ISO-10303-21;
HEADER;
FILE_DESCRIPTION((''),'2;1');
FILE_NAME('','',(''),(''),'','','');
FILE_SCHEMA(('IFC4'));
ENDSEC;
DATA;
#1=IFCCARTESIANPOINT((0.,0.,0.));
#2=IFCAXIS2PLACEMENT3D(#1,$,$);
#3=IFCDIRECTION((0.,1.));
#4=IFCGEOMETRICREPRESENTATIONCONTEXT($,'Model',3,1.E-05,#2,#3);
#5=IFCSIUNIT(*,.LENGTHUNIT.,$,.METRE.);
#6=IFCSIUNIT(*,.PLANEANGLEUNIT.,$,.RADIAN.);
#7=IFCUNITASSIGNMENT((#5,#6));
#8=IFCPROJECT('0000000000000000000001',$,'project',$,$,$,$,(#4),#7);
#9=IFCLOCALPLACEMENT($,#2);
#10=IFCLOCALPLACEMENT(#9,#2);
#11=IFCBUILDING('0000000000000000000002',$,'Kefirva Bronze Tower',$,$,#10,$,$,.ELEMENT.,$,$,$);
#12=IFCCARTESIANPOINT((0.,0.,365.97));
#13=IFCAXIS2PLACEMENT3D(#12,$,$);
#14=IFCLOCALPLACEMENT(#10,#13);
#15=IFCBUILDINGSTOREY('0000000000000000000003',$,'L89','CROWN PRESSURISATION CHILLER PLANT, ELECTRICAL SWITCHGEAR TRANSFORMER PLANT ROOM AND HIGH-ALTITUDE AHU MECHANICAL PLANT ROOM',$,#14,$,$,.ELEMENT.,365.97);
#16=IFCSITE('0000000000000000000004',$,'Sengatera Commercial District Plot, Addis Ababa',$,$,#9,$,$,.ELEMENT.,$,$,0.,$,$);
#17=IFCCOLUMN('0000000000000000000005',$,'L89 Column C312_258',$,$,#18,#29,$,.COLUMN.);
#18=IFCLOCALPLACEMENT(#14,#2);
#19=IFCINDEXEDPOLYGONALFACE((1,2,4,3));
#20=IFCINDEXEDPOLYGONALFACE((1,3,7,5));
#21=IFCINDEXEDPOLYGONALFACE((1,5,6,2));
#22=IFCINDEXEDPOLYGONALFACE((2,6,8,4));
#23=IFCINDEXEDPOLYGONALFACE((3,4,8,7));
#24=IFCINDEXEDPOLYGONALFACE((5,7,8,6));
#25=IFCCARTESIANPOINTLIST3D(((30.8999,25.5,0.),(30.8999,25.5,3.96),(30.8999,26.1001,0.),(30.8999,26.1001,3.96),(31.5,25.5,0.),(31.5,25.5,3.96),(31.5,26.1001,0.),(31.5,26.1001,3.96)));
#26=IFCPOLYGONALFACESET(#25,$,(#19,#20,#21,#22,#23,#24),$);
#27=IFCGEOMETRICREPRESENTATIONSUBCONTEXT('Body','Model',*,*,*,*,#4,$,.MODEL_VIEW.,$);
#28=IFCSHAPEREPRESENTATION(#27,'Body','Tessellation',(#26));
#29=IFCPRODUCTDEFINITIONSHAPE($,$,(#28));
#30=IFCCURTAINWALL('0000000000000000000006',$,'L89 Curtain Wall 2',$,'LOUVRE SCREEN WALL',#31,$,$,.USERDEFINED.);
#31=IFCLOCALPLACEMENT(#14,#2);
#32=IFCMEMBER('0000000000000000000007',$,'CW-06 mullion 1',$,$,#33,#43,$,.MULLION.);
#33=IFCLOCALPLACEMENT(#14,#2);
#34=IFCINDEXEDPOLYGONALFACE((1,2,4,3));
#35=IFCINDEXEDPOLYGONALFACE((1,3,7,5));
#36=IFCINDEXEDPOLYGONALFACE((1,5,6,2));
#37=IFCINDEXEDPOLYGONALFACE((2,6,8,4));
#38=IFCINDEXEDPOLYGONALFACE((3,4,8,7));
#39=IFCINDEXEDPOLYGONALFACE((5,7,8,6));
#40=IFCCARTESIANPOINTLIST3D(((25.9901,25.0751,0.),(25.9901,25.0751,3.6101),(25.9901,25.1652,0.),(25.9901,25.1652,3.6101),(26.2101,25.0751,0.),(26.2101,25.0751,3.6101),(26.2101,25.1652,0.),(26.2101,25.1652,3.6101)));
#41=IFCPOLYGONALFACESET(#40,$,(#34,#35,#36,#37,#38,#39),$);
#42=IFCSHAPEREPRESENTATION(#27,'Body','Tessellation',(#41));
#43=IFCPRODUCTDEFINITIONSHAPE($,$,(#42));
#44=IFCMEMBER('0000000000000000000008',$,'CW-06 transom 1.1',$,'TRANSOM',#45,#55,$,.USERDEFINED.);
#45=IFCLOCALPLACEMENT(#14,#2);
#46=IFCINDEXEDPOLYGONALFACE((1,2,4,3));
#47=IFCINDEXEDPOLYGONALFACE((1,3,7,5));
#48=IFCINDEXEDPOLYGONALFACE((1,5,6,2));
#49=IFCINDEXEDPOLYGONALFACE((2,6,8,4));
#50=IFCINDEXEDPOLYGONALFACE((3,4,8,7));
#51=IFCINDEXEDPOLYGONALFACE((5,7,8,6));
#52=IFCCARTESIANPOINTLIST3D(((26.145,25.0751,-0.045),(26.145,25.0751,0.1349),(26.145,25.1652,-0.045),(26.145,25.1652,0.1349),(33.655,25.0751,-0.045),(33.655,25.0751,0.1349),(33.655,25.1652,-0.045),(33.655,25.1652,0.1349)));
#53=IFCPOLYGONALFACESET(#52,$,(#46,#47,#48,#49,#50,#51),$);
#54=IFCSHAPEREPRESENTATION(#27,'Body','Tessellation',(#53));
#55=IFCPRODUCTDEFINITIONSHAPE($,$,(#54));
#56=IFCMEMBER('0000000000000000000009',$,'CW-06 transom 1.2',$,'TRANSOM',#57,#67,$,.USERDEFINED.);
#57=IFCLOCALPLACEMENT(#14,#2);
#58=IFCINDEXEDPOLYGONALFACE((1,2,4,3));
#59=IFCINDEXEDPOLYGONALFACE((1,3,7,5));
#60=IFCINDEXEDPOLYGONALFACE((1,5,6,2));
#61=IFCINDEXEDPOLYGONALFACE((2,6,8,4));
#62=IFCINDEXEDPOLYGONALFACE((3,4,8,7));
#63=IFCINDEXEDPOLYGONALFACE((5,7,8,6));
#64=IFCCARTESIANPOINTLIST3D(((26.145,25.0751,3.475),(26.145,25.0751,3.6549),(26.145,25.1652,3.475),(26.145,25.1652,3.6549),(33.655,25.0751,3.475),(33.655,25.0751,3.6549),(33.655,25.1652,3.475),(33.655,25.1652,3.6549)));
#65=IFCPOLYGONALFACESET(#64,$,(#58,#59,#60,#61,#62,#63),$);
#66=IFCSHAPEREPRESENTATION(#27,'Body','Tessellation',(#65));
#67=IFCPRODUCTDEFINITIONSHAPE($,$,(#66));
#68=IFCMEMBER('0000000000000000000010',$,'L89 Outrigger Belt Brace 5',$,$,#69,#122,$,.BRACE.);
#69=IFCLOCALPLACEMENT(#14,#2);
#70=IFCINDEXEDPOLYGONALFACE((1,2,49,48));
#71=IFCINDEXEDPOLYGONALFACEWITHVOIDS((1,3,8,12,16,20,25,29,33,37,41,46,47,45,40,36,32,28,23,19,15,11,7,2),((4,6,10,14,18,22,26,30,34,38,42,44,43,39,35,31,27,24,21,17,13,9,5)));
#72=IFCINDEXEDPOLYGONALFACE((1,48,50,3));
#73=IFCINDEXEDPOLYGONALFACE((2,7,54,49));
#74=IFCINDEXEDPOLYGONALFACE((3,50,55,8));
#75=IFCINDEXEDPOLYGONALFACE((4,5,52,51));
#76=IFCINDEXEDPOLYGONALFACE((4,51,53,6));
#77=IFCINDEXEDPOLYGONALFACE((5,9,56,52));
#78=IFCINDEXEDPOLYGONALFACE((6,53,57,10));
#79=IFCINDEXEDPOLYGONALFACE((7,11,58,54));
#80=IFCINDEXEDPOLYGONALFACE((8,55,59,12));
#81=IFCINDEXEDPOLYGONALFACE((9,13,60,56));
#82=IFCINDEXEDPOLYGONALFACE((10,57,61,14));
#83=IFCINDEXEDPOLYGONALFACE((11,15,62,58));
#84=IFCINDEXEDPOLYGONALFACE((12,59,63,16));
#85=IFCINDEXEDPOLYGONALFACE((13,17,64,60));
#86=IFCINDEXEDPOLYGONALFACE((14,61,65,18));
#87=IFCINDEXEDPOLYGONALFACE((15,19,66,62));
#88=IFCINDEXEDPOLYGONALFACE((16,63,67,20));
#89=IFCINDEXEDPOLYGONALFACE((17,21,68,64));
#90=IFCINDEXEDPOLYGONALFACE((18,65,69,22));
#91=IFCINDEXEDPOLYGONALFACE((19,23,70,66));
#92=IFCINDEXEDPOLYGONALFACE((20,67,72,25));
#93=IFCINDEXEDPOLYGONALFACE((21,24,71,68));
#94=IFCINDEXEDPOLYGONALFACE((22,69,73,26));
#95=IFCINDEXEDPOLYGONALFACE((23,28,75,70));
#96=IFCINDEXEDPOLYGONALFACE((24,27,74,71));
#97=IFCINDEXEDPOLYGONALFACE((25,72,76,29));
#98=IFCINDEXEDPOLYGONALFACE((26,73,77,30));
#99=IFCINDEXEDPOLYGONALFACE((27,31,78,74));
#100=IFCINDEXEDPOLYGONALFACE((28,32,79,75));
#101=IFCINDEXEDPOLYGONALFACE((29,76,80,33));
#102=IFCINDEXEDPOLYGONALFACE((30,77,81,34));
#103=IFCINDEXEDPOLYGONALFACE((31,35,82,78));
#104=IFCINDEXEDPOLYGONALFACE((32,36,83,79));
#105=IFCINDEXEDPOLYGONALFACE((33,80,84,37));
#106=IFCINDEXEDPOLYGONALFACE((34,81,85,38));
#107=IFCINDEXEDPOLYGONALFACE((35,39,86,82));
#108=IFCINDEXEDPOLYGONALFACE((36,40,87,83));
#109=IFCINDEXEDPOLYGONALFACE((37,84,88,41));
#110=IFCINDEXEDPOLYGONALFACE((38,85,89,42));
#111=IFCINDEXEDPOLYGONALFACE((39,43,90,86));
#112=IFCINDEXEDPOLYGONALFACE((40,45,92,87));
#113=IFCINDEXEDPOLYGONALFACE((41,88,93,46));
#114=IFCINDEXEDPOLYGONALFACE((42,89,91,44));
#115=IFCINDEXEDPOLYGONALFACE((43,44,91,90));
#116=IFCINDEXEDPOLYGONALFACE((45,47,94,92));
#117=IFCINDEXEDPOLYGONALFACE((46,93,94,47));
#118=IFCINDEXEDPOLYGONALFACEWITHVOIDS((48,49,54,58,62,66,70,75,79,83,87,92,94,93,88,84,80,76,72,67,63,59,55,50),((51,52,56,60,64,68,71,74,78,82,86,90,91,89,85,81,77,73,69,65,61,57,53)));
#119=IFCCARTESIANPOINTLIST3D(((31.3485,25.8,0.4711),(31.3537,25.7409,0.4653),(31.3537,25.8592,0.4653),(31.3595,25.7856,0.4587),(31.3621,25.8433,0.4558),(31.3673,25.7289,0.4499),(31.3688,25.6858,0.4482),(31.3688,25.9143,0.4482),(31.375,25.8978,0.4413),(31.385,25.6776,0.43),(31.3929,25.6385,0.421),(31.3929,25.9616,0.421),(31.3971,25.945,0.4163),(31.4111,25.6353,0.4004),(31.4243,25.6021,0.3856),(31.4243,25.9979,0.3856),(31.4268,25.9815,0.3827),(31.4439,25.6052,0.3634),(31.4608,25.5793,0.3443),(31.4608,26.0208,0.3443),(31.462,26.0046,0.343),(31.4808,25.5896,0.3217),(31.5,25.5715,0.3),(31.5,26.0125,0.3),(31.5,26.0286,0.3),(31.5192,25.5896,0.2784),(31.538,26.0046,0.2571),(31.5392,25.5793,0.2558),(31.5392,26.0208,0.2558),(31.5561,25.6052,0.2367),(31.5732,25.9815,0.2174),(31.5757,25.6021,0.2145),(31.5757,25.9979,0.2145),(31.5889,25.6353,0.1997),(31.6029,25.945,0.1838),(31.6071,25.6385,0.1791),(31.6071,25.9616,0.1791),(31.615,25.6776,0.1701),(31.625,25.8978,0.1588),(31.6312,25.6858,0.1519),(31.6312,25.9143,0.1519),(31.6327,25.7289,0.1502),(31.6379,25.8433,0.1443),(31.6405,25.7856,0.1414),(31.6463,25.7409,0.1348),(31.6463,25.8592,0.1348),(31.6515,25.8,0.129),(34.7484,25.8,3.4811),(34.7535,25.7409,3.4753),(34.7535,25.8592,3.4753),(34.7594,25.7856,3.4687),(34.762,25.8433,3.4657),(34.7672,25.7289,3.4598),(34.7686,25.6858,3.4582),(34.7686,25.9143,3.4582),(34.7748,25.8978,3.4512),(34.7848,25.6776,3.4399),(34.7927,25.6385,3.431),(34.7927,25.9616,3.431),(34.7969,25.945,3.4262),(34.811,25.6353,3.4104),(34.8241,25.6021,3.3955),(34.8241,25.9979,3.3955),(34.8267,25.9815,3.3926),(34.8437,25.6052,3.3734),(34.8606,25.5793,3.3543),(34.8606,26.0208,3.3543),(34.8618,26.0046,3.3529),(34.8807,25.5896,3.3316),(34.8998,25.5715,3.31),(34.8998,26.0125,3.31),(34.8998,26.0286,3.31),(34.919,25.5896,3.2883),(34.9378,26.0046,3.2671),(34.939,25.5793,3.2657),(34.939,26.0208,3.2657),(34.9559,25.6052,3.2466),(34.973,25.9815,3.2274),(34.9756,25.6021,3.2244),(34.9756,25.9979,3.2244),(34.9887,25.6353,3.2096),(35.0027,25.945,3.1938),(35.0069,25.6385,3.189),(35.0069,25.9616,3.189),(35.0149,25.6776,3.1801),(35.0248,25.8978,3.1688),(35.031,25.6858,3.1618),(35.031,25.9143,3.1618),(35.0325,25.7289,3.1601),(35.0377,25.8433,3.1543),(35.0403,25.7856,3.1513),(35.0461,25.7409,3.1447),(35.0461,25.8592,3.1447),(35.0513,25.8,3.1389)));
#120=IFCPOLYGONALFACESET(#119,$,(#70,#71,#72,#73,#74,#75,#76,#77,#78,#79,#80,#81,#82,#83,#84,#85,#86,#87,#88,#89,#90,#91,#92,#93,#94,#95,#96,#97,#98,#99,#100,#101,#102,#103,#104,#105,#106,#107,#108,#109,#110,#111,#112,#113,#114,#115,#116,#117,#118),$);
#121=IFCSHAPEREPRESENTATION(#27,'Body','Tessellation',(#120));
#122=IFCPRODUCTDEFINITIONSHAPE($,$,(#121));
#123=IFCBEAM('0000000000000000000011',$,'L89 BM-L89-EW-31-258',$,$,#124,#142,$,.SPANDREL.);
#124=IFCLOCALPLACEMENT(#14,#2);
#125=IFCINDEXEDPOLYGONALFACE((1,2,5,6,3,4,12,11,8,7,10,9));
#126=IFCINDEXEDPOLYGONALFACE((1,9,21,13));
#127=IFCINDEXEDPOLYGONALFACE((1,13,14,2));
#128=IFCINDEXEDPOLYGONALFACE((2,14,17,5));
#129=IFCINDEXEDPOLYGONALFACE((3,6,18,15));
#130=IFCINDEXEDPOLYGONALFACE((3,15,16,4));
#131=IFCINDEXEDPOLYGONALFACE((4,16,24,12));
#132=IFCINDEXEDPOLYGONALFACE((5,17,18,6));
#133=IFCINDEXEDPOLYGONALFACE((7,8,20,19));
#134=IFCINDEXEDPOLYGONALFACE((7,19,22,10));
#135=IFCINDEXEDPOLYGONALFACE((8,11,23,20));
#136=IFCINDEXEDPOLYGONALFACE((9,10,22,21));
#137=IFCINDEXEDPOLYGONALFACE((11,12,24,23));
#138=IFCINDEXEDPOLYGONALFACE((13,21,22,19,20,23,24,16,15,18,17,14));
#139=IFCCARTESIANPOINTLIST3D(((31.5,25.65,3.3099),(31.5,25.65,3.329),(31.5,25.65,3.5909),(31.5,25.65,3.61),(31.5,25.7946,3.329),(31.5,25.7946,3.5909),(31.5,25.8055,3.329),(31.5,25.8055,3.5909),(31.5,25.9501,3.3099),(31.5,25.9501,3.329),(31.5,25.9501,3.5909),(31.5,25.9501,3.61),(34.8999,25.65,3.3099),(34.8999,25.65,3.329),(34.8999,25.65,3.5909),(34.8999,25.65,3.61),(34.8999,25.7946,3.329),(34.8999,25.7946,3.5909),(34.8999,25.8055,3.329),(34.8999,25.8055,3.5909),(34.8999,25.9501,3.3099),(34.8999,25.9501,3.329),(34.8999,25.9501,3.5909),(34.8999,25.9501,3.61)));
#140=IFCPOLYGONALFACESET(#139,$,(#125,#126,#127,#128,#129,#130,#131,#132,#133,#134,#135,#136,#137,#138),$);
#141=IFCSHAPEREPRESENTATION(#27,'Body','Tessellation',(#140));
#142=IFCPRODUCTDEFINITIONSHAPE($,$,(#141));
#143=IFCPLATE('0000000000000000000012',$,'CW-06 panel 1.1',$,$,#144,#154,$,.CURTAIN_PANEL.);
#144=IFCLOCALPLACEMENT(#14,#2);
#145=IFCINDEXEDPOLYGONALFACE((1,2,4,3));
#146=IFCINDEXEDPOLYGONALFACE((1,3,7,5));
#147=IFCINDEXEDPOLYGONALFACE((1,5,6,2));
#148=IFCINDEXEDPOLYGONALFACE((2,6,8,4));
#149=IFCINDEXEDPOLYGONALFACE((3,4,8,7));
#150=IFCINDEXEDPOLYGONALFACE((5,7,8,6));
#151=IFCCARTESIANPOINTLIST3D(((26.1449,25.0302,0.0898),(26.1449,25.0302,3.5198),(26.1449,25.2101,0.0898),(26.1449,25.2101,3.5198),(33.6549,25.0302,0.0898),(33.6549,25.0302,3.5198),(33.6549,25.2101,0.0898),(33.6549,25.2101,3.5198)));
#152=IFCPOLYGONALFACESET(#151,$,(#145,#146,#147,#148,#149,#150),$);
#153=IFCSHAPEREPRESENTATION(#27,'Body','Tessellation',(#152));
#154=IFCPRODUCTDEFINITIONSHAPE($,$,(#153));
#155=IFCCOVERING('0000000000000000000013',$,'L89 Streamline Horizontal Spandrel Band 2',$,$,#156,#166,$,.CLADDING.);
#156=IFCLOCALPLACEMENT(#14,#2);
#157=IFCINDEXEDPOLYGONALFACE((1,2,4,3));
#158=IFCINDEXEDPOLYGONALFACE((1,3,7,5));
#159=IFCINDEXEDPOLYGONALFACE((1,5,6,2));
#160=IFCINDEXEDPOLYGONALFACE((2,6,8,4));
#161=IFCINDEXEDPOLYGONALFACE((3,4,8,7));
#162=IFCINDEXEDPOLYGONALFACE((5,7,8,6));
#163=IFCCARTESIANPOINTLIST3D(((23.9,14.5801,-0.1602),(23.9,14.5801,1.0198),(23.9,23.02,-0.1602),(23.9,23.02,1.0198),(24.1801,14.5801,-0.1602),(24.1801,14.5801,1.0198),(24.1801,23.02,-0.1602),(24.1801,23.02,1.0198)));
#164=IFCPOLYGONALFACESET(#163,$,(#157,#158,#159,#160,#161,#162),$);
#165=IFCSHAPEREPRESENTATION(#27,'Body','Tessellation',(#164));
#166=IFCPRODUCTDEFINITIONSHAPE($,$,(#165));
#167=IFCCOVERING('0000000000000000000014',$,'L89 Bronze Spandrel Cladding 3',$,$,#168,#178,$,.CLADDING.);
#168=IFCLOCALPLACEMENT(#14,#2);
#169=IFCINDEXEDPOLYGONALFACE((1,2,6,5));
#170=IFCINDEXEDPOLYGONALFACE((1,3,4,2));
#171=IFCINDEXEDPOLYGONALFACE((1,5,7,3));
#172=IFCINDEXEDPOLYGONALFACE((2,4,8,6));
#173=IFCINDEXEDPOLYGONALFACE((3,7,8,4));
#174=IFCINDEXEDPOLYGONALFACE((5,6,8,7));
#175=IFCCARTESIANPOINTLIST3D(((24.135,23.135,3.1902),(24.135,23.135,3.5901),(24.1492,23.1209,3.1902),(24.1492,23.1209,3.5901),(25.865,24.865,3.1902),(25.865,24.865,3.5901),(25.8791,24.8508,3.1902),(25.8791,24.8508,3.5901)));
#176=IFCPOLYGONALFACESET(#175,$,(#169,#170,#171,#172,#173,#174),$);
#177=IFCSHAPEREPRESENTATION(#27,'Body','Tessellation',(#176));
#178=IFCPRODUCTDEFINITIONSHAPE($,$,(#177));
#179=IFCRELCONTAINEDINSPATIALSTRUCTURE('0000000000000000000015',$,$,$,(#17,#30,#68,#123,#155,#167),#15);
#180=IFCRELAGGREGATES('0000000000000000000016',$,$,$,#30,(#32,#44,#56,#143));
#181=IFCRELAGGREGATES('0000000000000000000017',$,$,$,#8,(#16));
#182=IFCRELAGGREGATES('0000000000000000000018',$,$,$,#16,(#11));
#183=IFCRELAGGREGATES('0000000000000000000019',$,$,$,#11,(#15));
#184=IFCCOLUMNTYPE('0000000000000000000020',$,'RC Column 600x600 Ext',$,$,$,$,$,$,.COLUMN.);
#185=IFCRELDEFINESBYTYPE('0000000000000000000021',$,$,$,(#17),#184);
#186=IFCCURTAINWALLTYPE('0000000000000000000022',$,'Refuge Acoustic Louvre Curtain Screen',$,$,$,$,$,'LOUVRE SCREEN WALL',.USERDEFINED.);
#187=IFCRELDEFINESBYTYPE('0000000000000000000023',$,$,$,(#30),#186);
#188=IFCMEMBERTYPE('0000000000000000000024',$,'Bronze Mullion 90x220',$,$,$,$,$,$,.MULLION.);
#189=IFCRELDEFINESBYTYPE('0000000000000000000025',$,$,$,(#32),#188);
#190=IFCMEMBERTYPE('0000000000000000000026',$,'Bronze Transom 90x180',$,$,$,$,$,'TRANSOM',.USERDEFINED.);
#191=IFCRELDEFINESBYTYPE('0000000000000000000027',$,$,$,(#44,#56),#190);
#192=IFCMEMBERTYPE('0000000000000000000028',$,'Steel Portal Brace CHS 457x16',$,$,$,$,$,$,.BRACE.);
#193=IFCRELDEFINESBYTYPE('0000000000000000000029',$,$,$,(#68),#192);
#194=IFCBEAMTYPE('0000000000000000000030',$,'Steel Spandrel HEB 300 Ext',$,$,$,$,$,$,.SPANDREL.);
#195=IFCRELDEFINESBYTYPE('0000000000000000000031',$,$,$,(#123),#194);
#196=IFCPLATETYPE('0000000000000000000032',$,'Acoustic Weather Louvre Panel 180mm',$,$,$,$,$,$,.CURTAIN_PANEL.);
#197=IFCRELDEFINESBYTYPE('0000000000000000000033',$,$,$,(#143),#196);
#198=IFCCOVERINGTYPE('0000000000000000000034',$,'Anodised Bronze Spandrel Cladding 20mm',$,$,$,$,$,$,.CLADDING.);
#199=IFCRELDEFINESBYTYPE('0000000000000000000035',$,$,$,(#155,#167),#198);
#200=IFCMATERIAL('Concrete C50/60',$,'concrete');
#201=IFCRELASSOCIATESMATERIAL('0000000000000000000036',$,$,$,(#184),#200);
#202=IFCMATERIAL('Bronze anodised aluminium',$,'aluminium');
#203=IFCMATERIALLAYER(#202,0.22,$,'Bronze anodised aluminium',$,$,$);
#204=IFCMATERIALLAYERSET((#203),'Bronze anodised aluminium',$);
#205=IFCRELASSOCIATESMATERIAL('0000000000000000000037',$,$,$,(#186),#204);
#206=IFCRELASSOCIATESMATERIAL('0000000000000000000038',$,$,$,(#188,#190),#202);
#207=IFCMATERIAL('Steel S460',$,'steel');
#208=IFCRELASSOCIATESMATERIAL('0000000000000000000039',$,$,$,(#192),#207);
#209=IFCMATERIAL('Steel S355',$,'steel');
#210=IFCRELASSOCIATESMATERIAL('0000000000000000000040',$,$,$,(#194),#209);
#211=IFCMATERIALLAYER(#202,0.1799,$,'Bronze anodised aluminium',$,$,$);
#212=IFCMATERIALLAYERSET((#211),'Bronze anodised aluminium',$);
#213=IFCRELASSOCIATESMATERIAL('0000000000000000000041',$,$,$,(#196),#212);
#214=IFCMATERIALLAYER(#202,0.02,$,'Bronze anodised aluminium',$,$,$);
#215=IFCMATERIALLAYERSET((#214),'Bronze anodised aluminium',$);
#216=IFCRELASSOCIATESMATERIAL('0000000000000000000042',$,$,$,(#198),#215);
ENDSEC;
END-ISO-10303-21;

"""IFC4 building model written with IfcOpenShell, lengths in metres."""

from ifc_helpers import new_model, si_unit, direction, frame, origin, origin_2d, place, context, subcontext, project, spatial, rectangle, hollow_circle, i_section, extrude, material, layer, layer_set, material_profile, profile_set, type_object, element, aggregate, save


model = new_model("IFC4")

# Units and contexts
model_context = context("Model", 3, precision=1e-05, world=origin(), true_north=direction((0.0, 1.0)))
body_context = subcontext(model_context, "Body", "Model", "MODEL_VIEW")
ifc_project = project(units=[si_unit("LENGTHUNIT", "METRE"), si_unit("PLANEANGLEUNIT", "RADIAN")], contexts=[model_context])

# Site, building, storey
site_placement = place(None, origin())
site = spatial("IfcSite", under=ifc_project, at=site_placement, Name="Sengatera Commercial District Plot, Addis Ababa", CompositionType="ELEMENT", RefElevation=0.0)
building_placement = place(site_placement, origin())
building = spatial("IfcBuilding", under=site, at=building_placement, Name="Kefirva Bronze Tower", CompositionType="ELEMENT")
storey_placement = place(building_placement, frame((0.0, 0.0, 365.97)))
storey = spatial("IfcBuildingStorey", under=building, at=storey_placement, Name="L89", Description="CROWN PRESSURISATION CHILLER PLANT, ELECTRICAL SWITCHGEAR TRANSFORMER PLANT ROOM AND HIGH-ALTITUDE AHU MECHANICAL PLANT ROOM", CompositionType="ELEMENT", Elevation=365.97)

# Column
ifc_material_1 = material(Name="Concrete C50/60", Category="concrete")
ifc_material_profile_1 = material_profile(ifc_material_1, rectangle(XDim=0.6001, YDim=0.6001, at=origin_2d()), Name="RC 600x600")
ifc_profile_set_1 = profile_set([ifc_material_profile_1], Name="Concrete C50/60")
column_type = type_object("IfcColumnType", Name="RC Column 600x600 Ext", PredefinedType="COLUMN", material=ifc_profile_set_1)
column_placement = place(storey_placement, frame((31.2, 25.8, 0.0), z_axis=(0.0, 0.0, 1.0), x_axis=(1.0, 0.0, 0.0)))
element("IfcColumn", 1, at=column_placement, inside=storey, type_object=column_type, Name="L89 Column C312_258", PredefinedType="COLUMN", context=body_context, shape_type="SweptSolid", body=[
    extrude(rectangle(XDim=0.6001, YDim=0.6001, at=origin_2d()), origin(), (0.0, 0.0, 1.0), 3.96),
])

# Curtain wall, members
ifc_material_2 = material(Name="Bronze anodised aluminium", Category="aluminium")
ifc_layer_1 = layer(ifc_material_2, 0.22, Name="Bronze anodised aluminium")
ifc_layer_set_1 = layer_set([ifc_layer_1], Name="Bronze anodised aluminium")
curtain_wall_type = type_object("IfcCurtainWallType", Name="Refuge Acoustic Louvre Curtain Screen", ElementType="LOUVRE SCREEN WALL", PredefinedType="USERDEFINED", material=ifc_layer_set_1)
curtain_wall_placement = place(storey_placement, origin())
curtain_wall = element("IfcCurtainWall", 2, at=curtain_wall_placement, inside=storey, type_object=curtain_wall_type, Name="L89 Curtain Wall 2", ObjectType="LOUVRE SCREEN WALL", PredefinedType="USERDEFINED")
ifc_material_profile_2 = material_profile(ifc_material_2, rectangle(XDim=0.0901, YDim=0.22, at=origin_2d()), Name="ALU 90x220")
ifc_profile_set_2 = profile_set([ifc_material_profile_2], Name="Bronze anodised aluminium")
member_type_1 = type_object("IfcMemberType", Name="Bronze Mullion 90x220", PredefinedType="MULLION", material=ifc_profile_set_2)
member_1_placement = place(storey_placement, frame((26.1001, 25.1201, 0.0), z_axis=(0.0, 0.0, 1.0), x_axis=(0.0, 1.0, 0.0)))
member_1 = element("IfcMember", 3, at=member_1_placement, type_object=member_type_1, Name="CW-06 mullion 1", PredefinedType="MULLION", context=body_context, shape_type="SweptSolid", body=[
    extrude(rectangle(XDim=0.0901, YDim=0.22, at=origin_2d()), origin(), (0.0, 0.0, 1.0), 3.6101),
])
ifc_material_profile_3 = material_profile(ifc_material_2, rectangle(XDim=0.0901, YDim=0.1799, at=origin_2d()), Name="ALU 90x180")
ifc_profile_set_3 = profile_set([ifc_material_profile_3], Name="Bronze anodised aluminium")
member_type_2 = type_object("IfcMemberType", Name="Bronze Transom 90x180", ElementType="TRANSOM", PredefinedType="USERDEFINED", material=ifc_profile_set_3)
member_2_placement = place(storey_placement, frame((26.145, 25.1201, 0.0449), z_axis=(1.0, 0.0, 0.0), x_axis=(0.0, 1.0, 0.0)))
member_2 = element("IfcMember", 4, at=member_2_placement, type_object=member_type_2, Name="CW-06 transom 1.1", ObjectType="TRANSOM", PredefinedType="USERDEFINED", context=body_context, shape_type="SweptSolid", body=[
    extrude(rectangle(XDim=0.0901, YDim=0.1799, at=origin_2d()), origin(), (0.0, 0.0, 1.0), 7.51),
])
member_3_placement = place(storey_placement, frame((26.145, 25.1201, 3.5649), z_axis=(1.0, 0.0, 0.0), x_axis=(0.0, 1.0, 0.0)))
member_3 = element("IfcMember", 5, at=member_3_placement, type_object=member_type_2, Name="CW-06 transom 1.2", ObjectType="TRANSOM", PredefinedType="USERDEFINED", context=body_context, shape_type="SweptSolid", body=[
    extrude(rectangle(XDim=0.0901, YDim=0.1799, at=origin_2d()), origin(), (0.0, 0.0, 1.0), 7.51),
])

# Member
ifc_material_3 = material(Name="Steel S460", Category="steel")
ifc_material_profile_4 = material_profile(ifc_material_3, hollow_circle(Radius=0.2285, WallThickness=0.0161, at=origin_2d()), Name="CHS 457x16")
ifc_profile_set_4 = profile_set([ifc_material_profile_4], Name="Steel S460")
member_type_3 = type_object("IfcMemberType", Name="Steel Portal Brace CHS 457x16", PredefinedType="BRACE", material=ifc_profile_set_4)
member_4_placement = place(storey_placement, frame((31.5, 25.8, 0.3), z_axis=(0.748734, 0.0, 0.662871), x_axis=(0.0, 1.0, 0.0)))
element("IfcMember", 6, at=member_4_placement, inside=storey, type_object=member_type_3, Name="L89 Outrigger Belt Brace 5", PredefinedType="BRACE", context=body_context, shape_type="SweptSolid", body=[
    extrude(hollow_circle(Radius=0.2285, WallThickness=0.0161, at=origin_2d()), origin(), (0.0, 0.0, 1.0), 4.5408),
])

# Beam
ifc_material_4 = material(Name="Steel S355", Category="steel")
ifc_material_profile_5 = material_profile(ifc_material_4, i_section(OverallWidth=0.3, OverallDepth=0.3, WebThickness=0.011, FlangeThickness=0.019, at=origin_2d()), Name="HEB 300")
ifc_profile_set_5 = profile_set([ifc_material_profile_5], Name="Steel S355")
beam_type = type_object("IfcBeamType", Name="Steel Spandrel HEB 300 Ext", PredefinedType="SPANDREL", material=ifc_profile_set_5)
beam_placement = place(storey_placement, frame((31.5, 25.8, 3.46), z_axis=(1.0, 0.0, 0.0), x_axis=(0.0, 1.0, 0.0)))
element("IfcBeam", 7, at=beam_placement, inside=storey, type_object=beam_type, Name="L89 BM-L89-EW-31-258", PredefinedType="SPANDREL", context=body_context, shape_type="SweptSolid", body=[
    extrude(i_section(OverallWidth=0.3, OverallDepth=0.3, WebThickness=0.011, FlangeThickness=0.019, at=origin_2d()), origin(), (0.0, 0.0, 1.0), 3.3999),
])

# Plate
ifc_layer_2 = layer(ifc_material_2, 0.1799, Name="Bronze anodised aluminium")
ifc_layer_set_2 = layer_set([ifc_layer_2], Name="Bronze anodised aluminium")
plate_type = type_object("IfcPlateType", Name="Acoustic Weather Louvre Panel 180mm", PredefinedType="CURTAIN_PANEL", material=ifc_layer_set_2)
plate_placement = place(storey_placement, frame((29.8999, 25.1201, 0.0898), z_axis=(0.0, 0.0, 1.0), x_axis=(1.0, 0.0, 0.0)))
plate = element("IfcPlate", 8, at=plate_placement, type_object=plate_type, Name="CW-06 panel 1.1", PredefinedType="CURTAIN_PANEL", context=body_context, shape_type="SweptSolid", body=[
    extrude(rectangle(XDim=7.51, YDim=0.1799, at=origin_2d()), origin(), (0.0, 0.0, 1.0), 3.4299),
])
aggregate(curtain_wall, [member_1, member_2, member_3, plate])

# Coverings
ifc_layer_3 = layer(ifc_material_2, 0.02, Name="Bronze anodised aluminium")
ifc_layer_set_3 = layer_set([ifc_layer_3], Name="Bronze anodised aluminium")
covering_type_1 = type_object("IfcCoveringType", Name="Anodised Bronze Spandrel Cladding 20mm", PredefinedType="CLADDING", material=ifc_layer_set_3)
covering_1_placement = place(storey_placement, frame((24.04, 18.8, -0.1602), z_axis=(0.0, 0.0, 1.0), x_axis=(0.0, 1.0, 0.0)))
element("IfcCovering", 9, at=covering_1_placement, inside=storey, type_object=covering_type_1, Name="L89 Streamline Horizontal Spandrel Band 2", PredefinedType="CLADDING", context=body_context, shape_type="SweptSolid", body=[
    extrude(rectangle(XDim=8.4399, YDim=0.28, at=origin_2d()), origin(), (0.0, 0.0, 1.0), 1.1799),
])
covering_2_placement = place(storey_placement, frame((25.0071, 23.9929, 3.1902), z_axis=(0.0, 0.0, 1.0), x_axis=(0.707107, 0.707107, 0.0)))
element("IfcCovering", 10, at=covering_2_placement, inside=storey, type_object=covering_type_1, Name="L89 Bronze Spandrel Cladding 3", PredefinedType="CLADDING", context=body_context, shape_type="SweptSolid", body=[
    extrude(rectangle(XDim=2.4465, YDim=0.02, at=origin_2d()), origin(), (0.0, 0.0, 1.0), 0.3999),
])

save(model, "model.ifc")
